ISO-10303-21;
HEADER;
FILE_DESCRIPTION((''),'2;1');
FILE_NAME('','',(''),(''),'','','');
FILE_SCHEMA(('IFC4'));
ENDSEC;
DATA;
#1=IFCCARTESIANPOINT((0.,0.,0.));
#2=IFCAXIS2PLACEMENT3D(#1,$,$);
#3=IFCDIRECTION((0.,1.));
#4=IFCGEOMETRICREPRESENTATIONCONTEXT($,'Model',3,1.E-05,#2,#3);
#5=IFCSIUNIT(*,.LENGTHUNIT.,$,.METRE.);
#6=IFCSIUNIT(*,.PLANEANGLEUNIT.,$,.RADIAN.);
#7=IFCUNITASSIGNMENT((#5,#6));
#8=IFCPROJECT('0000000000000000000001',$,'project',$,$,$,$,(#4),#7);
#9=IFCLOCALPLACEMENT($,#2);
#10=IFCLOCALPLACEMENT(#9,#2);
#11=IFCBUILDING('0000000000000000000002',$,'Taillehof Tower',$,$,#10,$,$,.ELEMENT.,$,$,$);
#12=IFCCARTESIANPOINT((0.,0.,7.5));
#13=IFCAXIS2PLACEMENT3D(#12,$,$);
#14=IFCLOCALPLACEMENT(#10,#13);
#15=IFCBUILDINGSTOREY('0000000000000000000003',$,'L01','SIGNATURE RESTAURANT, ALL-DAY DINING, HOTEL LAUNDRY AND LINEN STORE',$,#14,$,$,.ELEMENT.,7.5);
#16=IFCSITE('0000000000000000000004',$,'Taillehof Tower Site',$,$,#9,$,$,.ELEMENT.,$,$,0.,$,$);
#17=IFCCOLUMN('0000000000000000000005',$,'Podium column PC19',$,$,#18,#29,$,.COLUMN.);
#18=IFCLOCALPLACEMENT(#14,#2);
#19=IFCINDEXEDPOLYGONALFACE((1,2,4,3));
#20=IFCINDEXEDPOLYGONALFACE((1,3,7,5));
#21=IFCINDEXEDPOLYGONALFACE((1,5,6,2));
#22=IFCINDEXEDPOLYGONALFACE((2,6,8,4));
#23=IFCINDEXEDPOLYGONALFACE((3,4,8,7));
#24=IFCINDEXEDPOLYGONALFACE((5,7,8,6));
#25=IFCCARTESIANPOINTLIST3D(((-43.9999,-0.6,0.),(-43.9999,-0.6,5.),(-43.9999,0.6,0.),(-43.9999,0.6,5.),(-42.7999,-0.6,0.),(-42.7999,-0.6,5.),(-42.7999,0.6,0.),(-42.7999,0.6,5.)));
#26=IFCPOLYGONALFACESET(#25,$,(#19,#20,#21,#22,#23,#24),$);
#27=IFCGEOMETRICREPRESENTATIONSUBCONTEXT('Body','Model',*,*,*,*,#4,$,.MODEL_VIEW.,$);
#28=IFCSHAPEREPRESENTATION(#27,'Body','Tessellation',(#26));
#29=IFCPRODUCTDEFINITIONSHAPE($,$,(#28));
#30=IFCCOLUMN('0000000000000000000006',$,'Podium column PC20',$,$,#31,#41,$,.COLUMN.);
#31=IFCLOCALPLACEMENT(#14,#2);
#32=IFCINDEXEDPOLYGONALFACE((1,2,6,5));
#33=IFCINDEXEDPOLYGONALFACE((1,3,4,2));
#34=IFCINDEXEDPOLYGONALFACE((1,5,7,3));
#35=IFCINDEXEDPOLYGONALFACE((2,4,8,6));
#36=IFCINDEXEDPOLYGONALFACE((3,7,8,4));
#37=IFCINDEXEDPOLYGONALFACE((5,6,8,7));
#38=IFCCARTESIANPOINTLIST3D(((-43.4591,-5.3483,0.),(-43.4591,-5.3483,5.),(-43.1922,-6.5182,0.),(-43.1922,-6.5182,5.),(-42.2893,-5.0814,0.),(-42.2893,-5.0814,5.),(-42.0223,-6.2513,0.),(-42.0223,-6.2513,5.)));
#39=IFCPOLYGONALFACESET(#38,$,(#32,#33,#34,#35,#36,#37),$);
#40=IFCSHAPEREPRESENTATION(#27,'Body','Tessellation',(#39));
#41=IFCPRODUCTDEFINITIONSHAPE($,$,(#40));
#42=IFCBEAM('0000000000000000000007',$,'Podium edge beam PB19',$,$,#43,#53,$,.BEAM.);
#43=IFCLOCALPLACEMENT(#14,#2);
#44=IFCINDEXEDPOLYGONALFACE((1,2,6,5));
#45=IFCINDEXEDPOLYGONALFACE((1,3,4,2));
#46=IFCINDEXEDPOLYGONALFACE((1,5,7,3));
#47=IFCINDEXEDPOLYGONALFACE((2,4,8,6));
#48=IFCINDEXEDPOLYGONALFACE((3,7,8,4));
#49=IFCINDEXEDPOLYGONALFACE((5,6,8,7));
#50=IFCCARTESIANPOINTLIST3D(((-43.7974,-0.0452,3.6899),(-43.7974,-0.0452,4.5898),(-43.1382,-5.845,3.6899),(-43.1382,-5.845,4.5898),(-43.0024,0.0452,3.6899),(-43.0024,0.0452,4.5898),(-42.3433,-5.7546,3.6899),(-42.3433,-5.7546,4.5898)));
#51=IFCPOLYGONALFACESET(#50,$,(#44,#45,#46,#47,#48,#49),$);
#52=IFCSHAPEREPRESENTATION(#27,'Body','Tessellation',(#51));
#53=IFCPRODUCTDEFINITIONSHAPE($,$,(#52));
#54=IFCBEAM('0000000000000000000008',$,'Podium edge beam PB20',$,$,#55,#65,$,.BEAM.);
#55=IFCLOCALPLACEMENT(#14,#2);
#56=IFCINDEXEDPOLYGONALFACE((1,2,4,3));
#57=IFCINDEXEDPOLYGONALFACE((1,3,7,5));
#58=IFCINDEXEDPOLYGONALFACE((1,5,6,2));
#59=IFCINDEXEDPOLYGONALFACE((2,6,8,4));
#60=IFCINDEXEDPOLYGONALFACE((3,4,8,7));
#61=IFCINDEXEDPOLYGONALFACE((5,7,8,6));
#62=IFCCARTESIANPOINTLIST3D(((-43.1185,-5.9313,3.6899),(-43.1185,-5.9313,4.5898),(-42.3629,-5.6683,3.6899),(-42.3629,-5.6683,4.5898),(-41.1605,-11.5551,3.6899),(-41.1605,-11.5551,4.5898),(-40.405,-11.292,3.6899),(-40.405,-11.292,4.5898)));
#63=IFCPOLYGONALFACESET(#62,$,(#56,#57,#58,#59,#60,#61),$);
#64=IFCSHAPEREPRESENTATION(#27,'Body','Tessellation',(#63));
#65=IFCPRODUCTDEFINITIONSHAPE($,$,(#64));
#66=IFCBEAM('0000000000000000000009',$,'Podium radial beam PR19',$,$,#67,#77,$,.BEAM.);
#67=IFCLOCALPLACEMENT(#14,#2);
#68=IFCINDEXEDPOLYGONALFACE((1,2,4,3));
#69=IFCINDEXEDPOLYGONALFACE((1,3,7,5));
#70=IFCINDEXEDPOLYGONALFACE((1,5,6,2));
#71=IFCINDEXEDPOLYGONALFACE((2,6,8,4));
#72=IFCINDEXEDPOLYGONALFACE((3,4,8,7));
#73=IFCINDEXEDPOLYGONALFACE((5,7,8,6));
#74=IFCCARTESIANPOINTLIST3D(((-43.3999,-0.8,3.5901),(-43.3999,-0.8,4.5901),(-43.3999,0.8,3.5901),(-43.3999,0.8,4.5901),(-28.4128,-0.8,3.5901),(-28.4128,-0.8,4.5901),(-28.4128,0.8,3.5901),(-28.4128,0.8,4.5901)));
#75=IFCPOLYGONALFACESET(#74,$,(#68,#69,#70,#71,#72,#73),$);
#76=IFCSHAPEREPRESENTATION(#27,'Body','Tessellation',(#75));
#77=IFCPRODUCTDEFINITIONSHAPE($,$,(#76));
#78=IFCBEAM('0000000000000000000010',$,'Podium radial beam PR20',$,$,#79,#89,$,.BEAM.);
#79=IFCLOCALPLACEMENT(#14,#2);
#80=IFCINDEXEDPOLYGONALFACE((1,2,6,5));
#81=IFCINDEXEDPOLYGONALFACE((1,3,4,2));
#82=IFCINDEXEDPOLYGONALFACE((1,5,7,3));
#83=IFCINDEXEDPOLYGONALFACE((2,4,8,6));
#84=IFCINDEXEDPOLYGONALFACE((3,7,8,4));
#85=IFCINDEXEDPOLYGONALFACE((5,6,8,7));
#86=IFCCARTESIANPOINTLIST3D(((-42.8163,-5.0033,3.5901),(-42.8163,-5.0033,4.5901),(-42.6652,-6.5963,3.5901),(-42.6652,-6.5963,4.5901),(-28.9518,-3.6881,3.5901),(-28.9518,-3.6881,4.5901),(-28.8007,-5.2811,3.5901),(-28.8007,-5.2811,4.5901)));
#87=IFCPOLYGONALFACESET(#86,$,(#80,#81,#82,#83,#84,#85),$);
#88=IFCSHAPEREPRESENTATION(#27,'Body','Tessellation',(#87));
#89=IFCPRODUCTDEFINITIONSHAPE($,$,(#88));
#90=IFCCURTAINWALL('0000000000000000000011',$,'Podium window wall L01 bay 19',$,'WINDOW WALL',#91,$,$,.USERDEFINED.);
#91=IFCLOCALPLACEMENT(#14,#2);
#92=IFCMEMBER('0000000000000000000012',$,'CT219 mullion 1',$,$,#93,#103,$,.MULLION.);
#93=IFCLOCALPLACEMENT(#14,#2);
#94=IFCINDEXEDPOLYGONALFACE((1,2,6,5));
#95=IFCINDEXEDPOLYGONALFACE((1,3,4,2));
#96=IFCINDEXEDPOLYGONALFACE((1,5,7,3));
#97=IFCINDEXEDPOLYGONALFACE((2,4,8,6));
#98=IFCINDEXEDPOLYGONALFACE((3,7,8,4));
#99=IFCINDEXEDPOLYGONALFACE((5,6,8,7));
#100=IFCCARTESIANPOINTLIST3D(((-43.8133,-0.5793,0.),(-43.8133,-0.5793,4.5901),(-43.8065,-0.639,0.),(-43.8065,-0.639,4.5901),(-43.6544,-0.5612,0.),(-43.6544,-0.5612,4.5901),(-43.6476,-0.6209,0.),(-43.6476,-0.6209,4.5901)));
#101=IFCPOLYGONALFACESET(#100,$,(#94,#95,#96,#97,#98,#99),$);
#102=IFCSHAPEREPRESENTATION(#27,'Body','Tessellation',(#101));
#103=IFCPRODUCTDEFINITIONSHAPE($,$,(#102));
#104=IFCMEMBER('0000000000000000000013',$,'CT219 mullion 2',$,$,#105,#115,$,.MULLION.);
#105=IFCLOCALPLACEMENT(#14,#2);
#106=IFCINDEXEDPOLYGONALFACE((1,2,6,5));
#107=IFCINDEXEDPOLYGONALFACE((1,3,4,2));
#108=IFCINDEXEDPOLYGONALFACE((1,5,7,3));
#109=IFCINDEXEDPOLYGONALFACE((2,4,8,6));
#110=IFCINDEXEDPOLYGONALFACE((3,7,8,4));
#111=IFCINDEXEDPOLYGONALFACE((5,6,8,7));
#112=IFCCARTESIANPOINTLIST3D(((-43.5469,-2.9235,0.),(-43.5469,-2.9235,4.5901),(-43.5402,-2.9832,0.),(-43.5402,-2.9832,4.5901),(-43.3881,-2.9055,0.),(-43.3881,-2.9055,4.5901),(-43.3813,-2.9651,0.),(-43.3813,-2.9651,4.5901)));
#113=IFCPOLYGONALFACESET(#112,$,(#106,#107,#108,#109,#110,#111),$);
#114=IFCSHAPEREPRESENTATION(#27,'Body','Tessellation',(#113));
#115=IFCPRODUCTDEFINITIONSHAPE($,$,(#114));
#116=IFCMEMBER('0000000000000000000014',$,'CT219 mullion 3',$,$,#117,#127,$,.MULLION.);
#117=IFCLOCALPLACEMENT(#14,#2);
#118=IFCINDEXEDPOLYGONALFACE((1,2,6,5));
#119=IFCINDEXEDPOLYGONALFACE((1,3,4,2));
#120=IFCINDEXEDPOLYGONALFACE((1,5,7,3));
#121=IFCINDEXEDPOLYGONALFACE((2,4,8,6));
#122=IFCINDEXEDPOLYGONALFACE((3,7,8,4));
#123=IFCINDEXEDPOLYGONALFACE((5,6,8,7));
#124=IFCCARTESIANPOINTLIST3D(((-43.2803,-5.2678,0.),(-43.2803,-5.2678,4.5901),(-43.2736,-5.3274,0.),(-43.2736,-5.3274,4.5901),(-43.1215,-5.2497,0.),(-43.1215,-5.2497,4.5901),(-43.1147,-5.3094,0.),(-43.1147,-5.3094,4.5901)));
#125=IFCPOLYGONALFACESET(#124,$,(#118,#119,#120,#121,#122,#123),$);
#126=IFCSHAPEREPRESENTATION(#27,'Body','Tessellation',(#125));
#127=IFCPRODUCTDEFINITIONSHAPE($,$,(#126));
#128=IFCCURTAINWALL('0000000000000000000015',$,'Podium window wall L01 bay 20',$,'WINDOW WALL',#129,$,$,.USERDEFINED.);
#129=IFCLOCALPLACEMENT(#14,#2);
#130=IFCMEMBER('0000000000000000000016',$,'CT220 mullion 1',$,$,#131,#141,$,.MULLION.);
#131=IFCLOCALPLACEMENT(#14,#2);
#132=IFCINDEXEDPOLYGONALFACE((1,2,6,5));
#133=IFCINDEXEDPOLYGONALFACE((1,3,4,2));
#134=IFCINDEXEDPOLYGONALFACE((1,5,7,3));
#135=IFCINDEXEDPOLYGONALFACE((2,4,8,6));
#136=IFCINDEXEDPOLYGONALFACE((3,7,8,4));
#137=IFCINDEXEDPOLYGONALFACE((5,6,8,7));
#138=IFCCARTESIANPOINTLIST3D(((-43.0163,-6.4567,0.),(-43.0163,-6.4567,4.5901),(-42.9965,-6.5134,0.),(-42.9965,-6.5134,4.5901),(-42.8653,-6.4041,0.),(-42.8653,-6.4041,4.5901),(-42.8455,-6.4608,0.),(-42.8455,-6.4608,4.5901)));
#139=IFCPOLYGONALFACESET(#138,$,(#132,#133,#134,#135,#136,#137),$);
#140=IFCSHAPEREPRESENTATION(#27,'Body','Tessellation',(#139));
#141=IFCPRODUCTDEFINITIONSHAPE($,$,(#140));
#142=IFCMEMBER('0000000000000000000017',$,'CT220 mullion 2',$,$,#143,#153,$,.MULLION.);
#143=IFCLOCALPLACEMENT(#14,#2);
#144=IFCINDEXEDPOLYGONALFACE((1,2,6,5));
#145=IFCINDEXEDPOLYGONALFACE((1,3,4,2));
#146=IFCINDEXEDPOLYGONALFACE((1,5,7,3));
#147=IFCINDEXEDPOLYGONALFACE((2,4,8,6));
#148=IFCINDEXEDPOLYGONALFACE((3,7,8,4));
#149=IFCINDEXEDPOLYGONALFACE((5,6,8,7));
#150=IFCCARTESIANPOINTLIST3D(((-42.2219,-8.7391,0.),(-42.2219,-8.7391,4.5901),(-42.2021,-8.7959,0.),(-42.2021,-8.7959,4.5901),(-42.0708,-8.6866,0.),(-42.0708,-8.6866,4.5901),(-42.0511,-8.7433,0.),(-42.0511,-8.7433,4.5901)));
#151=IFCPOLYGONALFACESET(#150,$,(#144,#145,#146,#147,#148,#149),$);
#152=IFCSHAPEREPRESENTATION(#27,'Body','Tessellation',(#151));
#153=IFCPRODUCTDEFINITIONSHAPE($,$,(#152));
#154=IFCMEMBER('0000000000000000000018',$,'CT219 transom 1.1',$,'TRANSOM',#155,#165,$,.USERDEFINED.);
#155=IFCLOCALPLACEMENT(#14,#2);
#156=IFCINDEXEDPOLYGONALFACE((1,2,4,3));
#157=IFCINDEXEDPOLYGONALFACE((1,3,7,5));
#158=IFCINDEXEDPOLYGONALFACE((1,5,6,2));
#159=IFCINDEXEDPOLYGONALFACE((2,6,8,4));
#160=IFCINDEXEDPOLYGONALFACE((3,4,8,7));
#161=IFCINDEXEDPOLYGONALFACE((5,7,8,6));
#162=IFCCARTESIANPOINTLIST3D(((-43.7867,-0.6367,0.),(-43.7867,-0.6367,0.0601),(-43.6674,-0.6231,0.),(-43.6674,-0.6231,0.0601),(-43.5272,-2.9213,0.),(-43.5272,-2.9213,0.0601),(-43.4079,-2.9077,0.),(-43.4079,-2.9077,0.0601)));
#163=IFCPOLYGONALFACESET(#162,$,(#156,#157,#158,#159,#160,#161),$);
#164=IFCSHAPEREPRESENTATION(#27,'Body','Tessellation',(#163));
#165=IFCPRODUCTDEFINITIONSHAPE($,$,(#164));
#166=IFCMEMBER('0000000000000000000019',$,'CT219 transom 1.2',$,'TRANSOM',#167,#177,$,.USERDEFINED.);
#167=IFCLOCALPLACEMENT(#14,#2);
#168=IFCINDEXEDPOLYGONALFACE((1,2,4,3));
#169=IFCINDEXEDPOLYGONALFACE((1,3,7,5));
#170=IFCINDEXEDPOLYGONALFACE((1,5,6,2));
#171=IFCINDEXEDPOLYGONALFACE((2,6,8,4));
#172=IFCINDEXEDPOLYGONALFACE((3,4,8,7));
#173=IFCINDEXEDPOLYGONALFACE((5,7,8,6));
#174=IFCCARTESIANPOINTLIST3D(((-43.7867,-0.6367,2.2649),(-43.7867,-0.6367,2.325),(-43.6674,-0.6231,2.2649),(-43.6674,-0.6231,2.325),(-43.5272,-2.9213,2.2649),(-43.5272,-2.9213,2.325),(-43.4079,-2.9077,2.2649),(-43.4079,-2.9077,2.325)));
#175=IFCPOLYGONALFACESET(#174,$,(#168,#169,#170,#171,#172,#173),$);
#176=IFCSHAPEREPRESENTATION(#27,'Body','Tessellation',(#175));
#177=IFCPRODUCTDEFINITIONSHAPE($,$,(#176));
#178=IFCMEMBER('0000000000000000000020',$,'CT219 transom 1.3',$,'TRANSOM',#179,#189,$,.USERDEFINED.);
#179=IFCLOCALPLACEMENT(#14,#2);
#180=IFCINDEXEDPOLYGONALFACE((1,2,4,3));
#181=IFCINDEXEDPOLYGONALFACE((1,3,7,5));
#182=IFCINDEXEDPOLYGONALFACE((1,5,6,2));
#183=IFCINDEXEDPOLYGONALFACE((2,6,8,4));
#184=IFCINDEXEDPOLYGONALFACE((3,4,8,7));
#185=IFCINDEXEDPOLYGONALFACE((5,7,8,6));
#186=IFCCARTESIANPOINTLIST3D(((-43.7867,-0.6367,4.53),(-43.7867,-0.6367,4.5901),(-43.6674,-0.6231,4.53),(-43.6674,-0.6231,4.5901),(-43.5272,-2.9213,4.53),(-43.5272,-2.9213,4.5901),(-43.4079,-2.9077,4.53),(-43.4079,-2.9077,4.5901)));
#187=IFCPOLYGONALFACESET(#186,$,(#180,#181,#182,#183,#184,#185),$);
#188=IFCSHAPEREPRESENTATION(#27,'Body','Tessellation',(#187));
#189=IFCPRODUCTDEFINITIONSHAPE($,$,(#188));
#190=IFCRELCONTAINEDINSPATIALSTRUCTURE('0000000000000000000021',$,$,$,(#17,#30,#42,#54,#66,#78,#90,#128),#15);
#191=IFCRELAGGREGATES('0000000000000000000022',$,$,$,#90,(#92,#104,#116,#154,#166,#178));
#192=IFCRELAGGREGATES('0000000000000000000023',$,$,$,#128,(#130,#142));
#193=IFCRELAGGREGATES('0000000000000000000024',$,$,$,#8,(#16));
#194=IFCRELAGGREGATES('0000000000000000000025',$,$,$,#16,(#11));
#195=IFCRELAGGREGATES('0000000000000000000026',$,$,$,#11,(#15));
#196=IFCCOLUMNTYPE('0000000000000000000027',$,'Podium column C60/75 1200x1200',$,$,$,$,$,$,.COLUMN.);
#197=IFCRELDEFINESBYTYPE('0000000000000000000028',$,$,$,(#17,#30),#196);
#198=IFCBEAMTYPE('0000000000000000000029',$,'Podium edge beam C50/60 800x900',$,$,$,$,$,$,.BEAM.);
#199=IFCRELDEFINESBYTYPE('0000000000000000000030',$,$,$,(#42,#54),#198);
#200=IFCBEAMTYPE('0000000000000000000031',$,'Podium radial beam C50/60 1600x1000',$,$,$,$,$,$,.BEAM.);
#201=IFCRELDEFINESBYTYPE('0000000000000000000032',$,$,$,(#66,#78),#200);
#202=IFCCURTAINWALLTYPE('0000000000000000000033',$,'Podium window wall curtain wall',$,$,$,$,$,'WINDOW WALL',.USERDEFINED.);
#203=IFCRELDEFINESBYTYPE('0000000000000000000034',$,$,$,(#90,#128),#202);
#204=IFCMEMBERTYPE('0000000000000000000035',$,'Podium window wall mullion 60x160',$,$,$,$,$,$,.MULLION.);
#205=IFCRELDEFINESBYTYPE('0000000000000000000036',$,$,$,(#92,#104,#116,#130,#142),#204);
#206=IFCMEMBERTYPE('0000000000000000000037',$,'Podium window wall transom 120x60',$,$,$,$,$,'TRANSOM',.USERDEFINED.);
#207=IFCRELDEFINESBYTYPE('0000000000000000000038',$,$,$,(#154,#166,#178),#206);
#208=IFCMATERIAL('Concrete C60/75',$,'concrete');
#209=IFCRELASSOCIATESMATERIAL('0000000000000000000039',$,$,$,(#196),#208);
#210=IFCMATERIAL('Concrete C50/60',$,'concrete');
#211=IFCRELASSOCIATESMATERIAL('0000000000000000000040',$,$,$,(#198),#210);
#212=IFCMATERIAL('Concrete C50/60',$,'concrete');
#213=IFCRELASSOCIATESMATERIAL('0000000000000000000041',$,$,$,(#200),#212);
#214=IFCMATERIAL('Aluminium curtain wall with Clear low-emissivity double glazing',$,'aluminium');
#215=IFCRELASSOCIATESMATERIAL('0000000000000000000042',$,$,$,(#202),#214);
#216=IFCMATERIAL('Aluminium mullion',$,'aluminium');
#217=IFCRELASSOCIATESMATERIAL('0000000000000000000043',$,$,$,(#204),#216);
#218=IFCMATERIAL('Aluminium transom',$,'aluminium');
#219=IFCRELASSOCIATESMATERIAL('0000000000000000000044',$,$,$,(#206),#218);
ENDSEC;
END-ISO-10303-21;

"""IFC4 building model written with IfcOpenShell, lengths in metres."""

from ifc_helpers import new_model, si_unit, direction, frame, origin, origin_2d, place, context, subcontext, project, spatial, rectangle, extrude, material, material_profile, profile_set, type_object, element, aggregate, save


model = new_model("IFC4")

# Units and contexts
model_context = context("Model", 3, precision=1e-05, world=origin(), true_north=direction((0.0, 1.0)))
body_context = subcontext(model_context, "Body", "Model", "MODEL_VIEW")
ifc_project = project(units=[si_unit("LENGTHUNIT", "METRE"), si_unit("PLANEANGLEUNIT", "RADIAN")], contexts=[model_context])

# Site, building, storey
site_placement = place(None, origin())
site = spatial("IfcSite", under=ifc_project, at=site_placement, Name="Taillehof Tower Site", CompositionType="ELEMENT", RefElevation=0.0)
building_placement = place(site_placement, origin())
building = spatial("IfcBuilding", under=site, at=building_placement, Name="Taillehof Tower", CompositionType="ELEMENT")
storey_placement = place(building_placement, frame((0.0, 0.0, 7.5)))
storey = spatial("IfcBuildingStorey", under=building, at=storey_placement, Name="L01", Description="SIGNATURE RESTAURANT, ALL-DAY DINING, HOTEL LAUNDRY AND LINEN STORE", CompositionType="ELEMENT", Elevation=7.5)

# Columns
ifc_material_1 = material(Name="Concrete C60/75", Category="concrete")
ifc_material_profile_1 = material_profile(ifc_material_1, rectangle(XDim=1.2, YDim=1.2, at=origin_2d()), Name="RC 1200x1200")
ifc_profile_set_1 = profile_set([ifc_material_profile_1], Name="Concrete C60/75")
column_type = type_object("IfcColumnType", Name="Podium column C60/75 1200x1200", PredefinedType="COLUMN", material=ifc_profile_set_1)
for number, where, z_axis, x_axis, name in (
    (1, (-43.3999, 0.0, 0.0), (0.0, 0.0, 1.0), (-1.0, 0.0, 0.0), "Podium column PC19"),
    (2, (-42.7407, -5.7998, 0.0), (0.0, 0.0, 1.0), (-0.97494, -0.222469, 0.0), "Podium column PC20"),
):
    element("IfcColumn", number, at=place(storey_placement, frame(where, z_axis=z_axis, x_axis=x_axis)), inside=storey, type_object=column_type, Name=name, PredefinedType="COLUMN", context=body_context, shape_type="SweptSolid", body=[
        extrude(rectangle(XDim=1.2, YDim=1.2, at=origin_2d()), origin(), (0.0, 0.0, 1.0), 5.0),
    ])

# Beams
ifc_material_2 = material(Name="Concrete C50/60", Category="concrete")
ifc_material_profile_2 = material_profile(ifc_material_2, rectangle(XDim=0.8, YDim=0.8999, at=origin_2d()), Name="RC 800x900")
ifc_profile_set_2 = profile_set([ifc_material_profile_2], Name="Concrete C50/60")
beam_type_1 = type_object("IfcBeamType", Name="Podium edge beam C50/60 800x900", PredefinedType="BEAM", material=ifc_profile_set_2)
beam_1_placement = place(storey_placement, frame((-43.3999, 0.0, 4.1399), z_axis=(0.112928, -0.993603, 0.0), x_axis=(0.993603, 0.112928, 0.0)))
element("IfcBeam", 3, at=beam_1_placement, inside=storey, type_object=beam_type_1, Name="Podium edge beam PB19", PredefinedType="BEAM", context=body_context, shape_type="SweptSolid", body=[
    extrude(rectangle(XDim=0.8, YDim=0.8999, at=origin_2d()), origin(), (0.0, 0.0, 1.0), 5.8372),
])
beam_2_placement = place(storey_placement, frame((-42.7407, -5.7998, 4.1399), z_axis=(0.328807, -0.944397, 0.0), x_axis=(0.944397, 0.328807, 0.0)))
element("IfcBeam", 4, at=beam_2_placement, inside=storey, type_object=beam_type_1, Name="Podium edge beam PB20", PredefinedType="BEAM", context=body_context, shape_type="SweptSolid", body=[
    extrude(rectangle(XDim=0.8, YDim=0.8999, at=origin_2d()), origin(), (0.0, 0.0, 1.0), 5.9548),
])
ifc_material_3 = material(Name="Concrete C50/60", Category="concrete")
ifc_material_profile_3 = material_profile(ifc_material_3, rectangle(XDim=1.6001, YDim=1.0, at=origin_2d()), Name="RC 1600x1000")
ifc_profile_set_3 = profile_set([ifc_material_profile_3], Name="Concrete C50/60")
beam_type_2 = type_object("IfcBeamType", Name="Podium radial beam C50/60 1600x1000", PredefinedType="BEAM", material=ifc_profile_set_3)
beam_3_placement = place(storey_placement, frame((-43.3999, 0.0, 4.0901), z_axis=(1.0, 0.0, 0.0), x_axis=(0.0, 1.0, 0.0)))
element("IfcBeam", 5, at=beam_3_placement, inside=storey, type_object=beam_type_2, Name="Podium radial beam PR19", PredefinedType="BEAM", context=body_context, shape_type="SweptSolid", body=[
    extrude(rectangle(XDim=1.6001, YDim=1.0, at=origin_2d()), origin(), (0.0, 0.0, 1.0), 14.9871),
])
beam_4_placement = place(storey_placement, frame((-42.7407, -5.7998, 4.0901), z_axis=(0.995531, 0.094436, 0.0), x_axis=(-0.094436, 0.995531, 0.0)))
element("IfcBeam", 6, at=beam_4_placement, inside=storey, type_object=beam_type_2, Name="Podium radial beam PR20", PredefinedType="BEAM", context=body_context, shape_type="SweptSolid", body=[
    extrude(rectangle(XDim=1.6001, YDim=1.0, at=origin_2d()), origin(), (0.0, 0.0, 1.0), 13.9268),
])

# Curtain walls, members
ifc_material_4 = material(Name="Aluminium curtain wall with Clear low-emissivity double glazing", Category="aluminium")
curtain_wall_type = type_object("IfcCurtainWallType", Name="Podium window wall curtain wall", ElementType="WINDOW WALL", PredefinedType="USERDEFINED", material=ifc_material_4)
curtain_wall_1_placement = place(storey_placement, origin())
curtain_wall_1 = element("IfcCurtainWall", 7, at=curtain_wall_1_placement, inside=storey, type_object=curtain_wall_type, Name="Podium window wall L01 bay 19", ObjectType="WINDOW WALL", PredefinedType="USERDEFINED")
ifc_material_5 = material(Name="Aluminium mullion", Category="aluminium")
ifc_material_profile_4 = material_profile(ifc_material_5, rectangle(XDim=0.1599, YDim=0.0601, at=origin_2d()), Name="AL 60x160")
ifc_profile_set_4 = profile_set([ifc_material_profile_4], Name="Aluminium mullion")
member_type_1 = type_object("IfcMemberType", Name="Podium window wall mullion 60x160", PredefinedType="MULLION", material=ifc_profile_set_4)
member_1_placement = place(storey_placement, frame((-43.7305, -0.6001, 0.0), z_axis=(0.0, 0.0, 1.0), x_axis=(0.993603, 0.112932, 0.0)))
member_1 = element("IfcMember", 8, at=member_1_placement, type_object=member_type_1, Name="CT219 mullion 1", PredefinedType="MULLION", context=body_context, shape_type="SweptSolid", body=[
    extrude(rectangle(XDim=0.1599, YDim=0.0601, at=origin_2d()), origin(), (0.0, 0.0, 1.0), 4.5901),
])
member_2_placement = place(storey_placement, frame((-43.4641, -2.9443, 0.0), z_axis=(0.0, 0.0, 1.0), x_axis=(0.993603, 0.112932, 0.0)))
member_2 = element("IfcMember", 9, at=member_2_placement, type_object=member_type_1, Name="CT219 mullion 2", PredefinedType="MULLION", context=body_context, shape_type="SweptSolid", body=[
    extrude(rectangle(XDim=0.1599, YDim=0.0601, at=origin_2d()), origin(), (0.0, 0.0, 1.0), 4.5901),
])
member_3_placement = place(storey_placement, frame((-43.1975, -5.2886, 0.0), z_axis=(0.0, 0.0, 1.0), x_axis=(0.993603, 0.112932, 0.0)))
member_3 = element("IfcMember", 10, at=member_3_placement, type_object=member_type_1, Name="CT219 mullion 3", PredefinedType="MULLION", context=body_context, shape_type="SweptSolid", body=[
    extrude(rectangle(XDim=0.1599, YDim=0.0601, at=origin_2d()), origin(), (0.0, 0.0, 1.0), 4.5901),
])
curtain_wall_2_placement = place(storey_placement, origin())
curtain_wall_2 = element("IfcCurtainWall", 11, at=curtain_wall_2_placement, inside=storey, type_object=curtain_wall_type, Name="Podium window wall L01 bay 20", ObjectType="WINDOW WALL", PredefinedType="USERDEFINED")
member_4_placement = place(storey_placement, frame((-42.9309, -6.4587, 0.0), z_axis=(0.0, 0.0, 1.0), x_axis=(0.944414, 0.328758, 0.0)))
member_4 = element("IfcMember", 12, at=member_4_placement, type_object=member_type_1, Name="CT220 mullion 1", PredefinedType="MULLION", context=body_context, shape_type="SweptSolid", body=[
    extrude(rectangle(XDim=0.1599, YDim=0.0601, at=origin_2d()), origin(), (0.0, 0.0, 1.0), 4.5901),
])
member_5_placement = place(storey_placement, frame((-42.1365, -8.7412, 0.0), z_axis=(0.0, 0.0, 1.0), x_axis=(0.944414, 0.328758, 0.0)))
member_5 = element("IfcMember", 13, at=member_5_placement, type_object=member_type_1, Name="CT220 mullion 2", PredefinedType="MULLION", context=body_context, shape_type="SweptSolid", body=[
    extrude(rectangle(XDim=0.1599, YDim=0.0601, at=origin_2d()), origin(), (0.0, 0.0, 1.0), 4.5901),
])

# Members
ifc_material_6 = material(Name="Aluminium transom", Category="aluminium")
ifc_material_profile_5 = material_profile(ifc_material_6, rectangle(XDim=0.1201, YDim=0.0601, at=origin_2d()), Name="AL 120x60")
ifc_profile_set_5 = profile_set([ifc_material_profile_5], Name="Aluminium transom")
member_type_2 = type_object("IfcMemberType", Name="Podium window wall transom 120x60", ElementType="TRANSOM", PredefinedType="USERDEFINED", material=ifc_profile_set_5)
member_6_placement = place(storey_placement, frame((-43.7271, -0.6299, 0.03), z_axis=(0.112867, -0.99361, 0.0), x_axis=(0.99361, 0.112867, 0.0)))
member_6 = element("IfcMember", 14, at=member_6_placement, type_object=member_type_2, Name="CT219 transom 1.1", ObjectType="TRANSOM", PredefinedType="USERDEFINED", context=body_context, shape_type="SweptSolid", body=[
    extrude(rectangle(XDim=0.1201, YDim=0.0601, at=origin_2d()), origin(), (0.0, 0.0, 1.0), 2.2993),
])
member_7_placement = place(storey_placement, frame((-43.7271, -0.6299, 2.2949), z_axis=(0.112867, -0.99361, 0.0), x_axis=(0.99361, 0.112867, 0.0)))
member_7 = element("IfcMember", 15, at=member_7_placement, type_object=member_type_2, Name="CT219 transom 1.2", ObjectType="TRANSOM", PredefinedType="USERDEFINED", context=body_context, shape_type="SweptSolid", body=[
    extrude(rectangle(XDim=0.1201, YDim=0.0601, at=origin_2d()), origin(), (0.0, 0.0, 1.0), 2.2993),
])
member_8_placement = place(storey_placement, frame((-43.7271, -0.6299, 4.5601), z_axis=(0.112867, -0.99361, 0.0), x_axis=(0.99361, 0.112867, 0.0)))
member_8 = element("IfcMember", 16, at=member_8_placement, type_object=member_type_2, Name="CT219 transom 1.3", ObjectType="TRANSOM", PredefinedType="USERDEFINED", context=body_context, shape_type="SweptSolid", body=[
    extrude(rectangle(XDim=0.1201, YDim=0.0601, at=origin_2d()), origin(), (0.0, 0.0, 1.0), 2.2993),
])

aggregate(curtain_wall_1, [member_1, member_2, member_3, member_6, member_7, member_8])
aggregate(curtain_wall_2, [member_4, member_5])

save(model, "model.ifc")
